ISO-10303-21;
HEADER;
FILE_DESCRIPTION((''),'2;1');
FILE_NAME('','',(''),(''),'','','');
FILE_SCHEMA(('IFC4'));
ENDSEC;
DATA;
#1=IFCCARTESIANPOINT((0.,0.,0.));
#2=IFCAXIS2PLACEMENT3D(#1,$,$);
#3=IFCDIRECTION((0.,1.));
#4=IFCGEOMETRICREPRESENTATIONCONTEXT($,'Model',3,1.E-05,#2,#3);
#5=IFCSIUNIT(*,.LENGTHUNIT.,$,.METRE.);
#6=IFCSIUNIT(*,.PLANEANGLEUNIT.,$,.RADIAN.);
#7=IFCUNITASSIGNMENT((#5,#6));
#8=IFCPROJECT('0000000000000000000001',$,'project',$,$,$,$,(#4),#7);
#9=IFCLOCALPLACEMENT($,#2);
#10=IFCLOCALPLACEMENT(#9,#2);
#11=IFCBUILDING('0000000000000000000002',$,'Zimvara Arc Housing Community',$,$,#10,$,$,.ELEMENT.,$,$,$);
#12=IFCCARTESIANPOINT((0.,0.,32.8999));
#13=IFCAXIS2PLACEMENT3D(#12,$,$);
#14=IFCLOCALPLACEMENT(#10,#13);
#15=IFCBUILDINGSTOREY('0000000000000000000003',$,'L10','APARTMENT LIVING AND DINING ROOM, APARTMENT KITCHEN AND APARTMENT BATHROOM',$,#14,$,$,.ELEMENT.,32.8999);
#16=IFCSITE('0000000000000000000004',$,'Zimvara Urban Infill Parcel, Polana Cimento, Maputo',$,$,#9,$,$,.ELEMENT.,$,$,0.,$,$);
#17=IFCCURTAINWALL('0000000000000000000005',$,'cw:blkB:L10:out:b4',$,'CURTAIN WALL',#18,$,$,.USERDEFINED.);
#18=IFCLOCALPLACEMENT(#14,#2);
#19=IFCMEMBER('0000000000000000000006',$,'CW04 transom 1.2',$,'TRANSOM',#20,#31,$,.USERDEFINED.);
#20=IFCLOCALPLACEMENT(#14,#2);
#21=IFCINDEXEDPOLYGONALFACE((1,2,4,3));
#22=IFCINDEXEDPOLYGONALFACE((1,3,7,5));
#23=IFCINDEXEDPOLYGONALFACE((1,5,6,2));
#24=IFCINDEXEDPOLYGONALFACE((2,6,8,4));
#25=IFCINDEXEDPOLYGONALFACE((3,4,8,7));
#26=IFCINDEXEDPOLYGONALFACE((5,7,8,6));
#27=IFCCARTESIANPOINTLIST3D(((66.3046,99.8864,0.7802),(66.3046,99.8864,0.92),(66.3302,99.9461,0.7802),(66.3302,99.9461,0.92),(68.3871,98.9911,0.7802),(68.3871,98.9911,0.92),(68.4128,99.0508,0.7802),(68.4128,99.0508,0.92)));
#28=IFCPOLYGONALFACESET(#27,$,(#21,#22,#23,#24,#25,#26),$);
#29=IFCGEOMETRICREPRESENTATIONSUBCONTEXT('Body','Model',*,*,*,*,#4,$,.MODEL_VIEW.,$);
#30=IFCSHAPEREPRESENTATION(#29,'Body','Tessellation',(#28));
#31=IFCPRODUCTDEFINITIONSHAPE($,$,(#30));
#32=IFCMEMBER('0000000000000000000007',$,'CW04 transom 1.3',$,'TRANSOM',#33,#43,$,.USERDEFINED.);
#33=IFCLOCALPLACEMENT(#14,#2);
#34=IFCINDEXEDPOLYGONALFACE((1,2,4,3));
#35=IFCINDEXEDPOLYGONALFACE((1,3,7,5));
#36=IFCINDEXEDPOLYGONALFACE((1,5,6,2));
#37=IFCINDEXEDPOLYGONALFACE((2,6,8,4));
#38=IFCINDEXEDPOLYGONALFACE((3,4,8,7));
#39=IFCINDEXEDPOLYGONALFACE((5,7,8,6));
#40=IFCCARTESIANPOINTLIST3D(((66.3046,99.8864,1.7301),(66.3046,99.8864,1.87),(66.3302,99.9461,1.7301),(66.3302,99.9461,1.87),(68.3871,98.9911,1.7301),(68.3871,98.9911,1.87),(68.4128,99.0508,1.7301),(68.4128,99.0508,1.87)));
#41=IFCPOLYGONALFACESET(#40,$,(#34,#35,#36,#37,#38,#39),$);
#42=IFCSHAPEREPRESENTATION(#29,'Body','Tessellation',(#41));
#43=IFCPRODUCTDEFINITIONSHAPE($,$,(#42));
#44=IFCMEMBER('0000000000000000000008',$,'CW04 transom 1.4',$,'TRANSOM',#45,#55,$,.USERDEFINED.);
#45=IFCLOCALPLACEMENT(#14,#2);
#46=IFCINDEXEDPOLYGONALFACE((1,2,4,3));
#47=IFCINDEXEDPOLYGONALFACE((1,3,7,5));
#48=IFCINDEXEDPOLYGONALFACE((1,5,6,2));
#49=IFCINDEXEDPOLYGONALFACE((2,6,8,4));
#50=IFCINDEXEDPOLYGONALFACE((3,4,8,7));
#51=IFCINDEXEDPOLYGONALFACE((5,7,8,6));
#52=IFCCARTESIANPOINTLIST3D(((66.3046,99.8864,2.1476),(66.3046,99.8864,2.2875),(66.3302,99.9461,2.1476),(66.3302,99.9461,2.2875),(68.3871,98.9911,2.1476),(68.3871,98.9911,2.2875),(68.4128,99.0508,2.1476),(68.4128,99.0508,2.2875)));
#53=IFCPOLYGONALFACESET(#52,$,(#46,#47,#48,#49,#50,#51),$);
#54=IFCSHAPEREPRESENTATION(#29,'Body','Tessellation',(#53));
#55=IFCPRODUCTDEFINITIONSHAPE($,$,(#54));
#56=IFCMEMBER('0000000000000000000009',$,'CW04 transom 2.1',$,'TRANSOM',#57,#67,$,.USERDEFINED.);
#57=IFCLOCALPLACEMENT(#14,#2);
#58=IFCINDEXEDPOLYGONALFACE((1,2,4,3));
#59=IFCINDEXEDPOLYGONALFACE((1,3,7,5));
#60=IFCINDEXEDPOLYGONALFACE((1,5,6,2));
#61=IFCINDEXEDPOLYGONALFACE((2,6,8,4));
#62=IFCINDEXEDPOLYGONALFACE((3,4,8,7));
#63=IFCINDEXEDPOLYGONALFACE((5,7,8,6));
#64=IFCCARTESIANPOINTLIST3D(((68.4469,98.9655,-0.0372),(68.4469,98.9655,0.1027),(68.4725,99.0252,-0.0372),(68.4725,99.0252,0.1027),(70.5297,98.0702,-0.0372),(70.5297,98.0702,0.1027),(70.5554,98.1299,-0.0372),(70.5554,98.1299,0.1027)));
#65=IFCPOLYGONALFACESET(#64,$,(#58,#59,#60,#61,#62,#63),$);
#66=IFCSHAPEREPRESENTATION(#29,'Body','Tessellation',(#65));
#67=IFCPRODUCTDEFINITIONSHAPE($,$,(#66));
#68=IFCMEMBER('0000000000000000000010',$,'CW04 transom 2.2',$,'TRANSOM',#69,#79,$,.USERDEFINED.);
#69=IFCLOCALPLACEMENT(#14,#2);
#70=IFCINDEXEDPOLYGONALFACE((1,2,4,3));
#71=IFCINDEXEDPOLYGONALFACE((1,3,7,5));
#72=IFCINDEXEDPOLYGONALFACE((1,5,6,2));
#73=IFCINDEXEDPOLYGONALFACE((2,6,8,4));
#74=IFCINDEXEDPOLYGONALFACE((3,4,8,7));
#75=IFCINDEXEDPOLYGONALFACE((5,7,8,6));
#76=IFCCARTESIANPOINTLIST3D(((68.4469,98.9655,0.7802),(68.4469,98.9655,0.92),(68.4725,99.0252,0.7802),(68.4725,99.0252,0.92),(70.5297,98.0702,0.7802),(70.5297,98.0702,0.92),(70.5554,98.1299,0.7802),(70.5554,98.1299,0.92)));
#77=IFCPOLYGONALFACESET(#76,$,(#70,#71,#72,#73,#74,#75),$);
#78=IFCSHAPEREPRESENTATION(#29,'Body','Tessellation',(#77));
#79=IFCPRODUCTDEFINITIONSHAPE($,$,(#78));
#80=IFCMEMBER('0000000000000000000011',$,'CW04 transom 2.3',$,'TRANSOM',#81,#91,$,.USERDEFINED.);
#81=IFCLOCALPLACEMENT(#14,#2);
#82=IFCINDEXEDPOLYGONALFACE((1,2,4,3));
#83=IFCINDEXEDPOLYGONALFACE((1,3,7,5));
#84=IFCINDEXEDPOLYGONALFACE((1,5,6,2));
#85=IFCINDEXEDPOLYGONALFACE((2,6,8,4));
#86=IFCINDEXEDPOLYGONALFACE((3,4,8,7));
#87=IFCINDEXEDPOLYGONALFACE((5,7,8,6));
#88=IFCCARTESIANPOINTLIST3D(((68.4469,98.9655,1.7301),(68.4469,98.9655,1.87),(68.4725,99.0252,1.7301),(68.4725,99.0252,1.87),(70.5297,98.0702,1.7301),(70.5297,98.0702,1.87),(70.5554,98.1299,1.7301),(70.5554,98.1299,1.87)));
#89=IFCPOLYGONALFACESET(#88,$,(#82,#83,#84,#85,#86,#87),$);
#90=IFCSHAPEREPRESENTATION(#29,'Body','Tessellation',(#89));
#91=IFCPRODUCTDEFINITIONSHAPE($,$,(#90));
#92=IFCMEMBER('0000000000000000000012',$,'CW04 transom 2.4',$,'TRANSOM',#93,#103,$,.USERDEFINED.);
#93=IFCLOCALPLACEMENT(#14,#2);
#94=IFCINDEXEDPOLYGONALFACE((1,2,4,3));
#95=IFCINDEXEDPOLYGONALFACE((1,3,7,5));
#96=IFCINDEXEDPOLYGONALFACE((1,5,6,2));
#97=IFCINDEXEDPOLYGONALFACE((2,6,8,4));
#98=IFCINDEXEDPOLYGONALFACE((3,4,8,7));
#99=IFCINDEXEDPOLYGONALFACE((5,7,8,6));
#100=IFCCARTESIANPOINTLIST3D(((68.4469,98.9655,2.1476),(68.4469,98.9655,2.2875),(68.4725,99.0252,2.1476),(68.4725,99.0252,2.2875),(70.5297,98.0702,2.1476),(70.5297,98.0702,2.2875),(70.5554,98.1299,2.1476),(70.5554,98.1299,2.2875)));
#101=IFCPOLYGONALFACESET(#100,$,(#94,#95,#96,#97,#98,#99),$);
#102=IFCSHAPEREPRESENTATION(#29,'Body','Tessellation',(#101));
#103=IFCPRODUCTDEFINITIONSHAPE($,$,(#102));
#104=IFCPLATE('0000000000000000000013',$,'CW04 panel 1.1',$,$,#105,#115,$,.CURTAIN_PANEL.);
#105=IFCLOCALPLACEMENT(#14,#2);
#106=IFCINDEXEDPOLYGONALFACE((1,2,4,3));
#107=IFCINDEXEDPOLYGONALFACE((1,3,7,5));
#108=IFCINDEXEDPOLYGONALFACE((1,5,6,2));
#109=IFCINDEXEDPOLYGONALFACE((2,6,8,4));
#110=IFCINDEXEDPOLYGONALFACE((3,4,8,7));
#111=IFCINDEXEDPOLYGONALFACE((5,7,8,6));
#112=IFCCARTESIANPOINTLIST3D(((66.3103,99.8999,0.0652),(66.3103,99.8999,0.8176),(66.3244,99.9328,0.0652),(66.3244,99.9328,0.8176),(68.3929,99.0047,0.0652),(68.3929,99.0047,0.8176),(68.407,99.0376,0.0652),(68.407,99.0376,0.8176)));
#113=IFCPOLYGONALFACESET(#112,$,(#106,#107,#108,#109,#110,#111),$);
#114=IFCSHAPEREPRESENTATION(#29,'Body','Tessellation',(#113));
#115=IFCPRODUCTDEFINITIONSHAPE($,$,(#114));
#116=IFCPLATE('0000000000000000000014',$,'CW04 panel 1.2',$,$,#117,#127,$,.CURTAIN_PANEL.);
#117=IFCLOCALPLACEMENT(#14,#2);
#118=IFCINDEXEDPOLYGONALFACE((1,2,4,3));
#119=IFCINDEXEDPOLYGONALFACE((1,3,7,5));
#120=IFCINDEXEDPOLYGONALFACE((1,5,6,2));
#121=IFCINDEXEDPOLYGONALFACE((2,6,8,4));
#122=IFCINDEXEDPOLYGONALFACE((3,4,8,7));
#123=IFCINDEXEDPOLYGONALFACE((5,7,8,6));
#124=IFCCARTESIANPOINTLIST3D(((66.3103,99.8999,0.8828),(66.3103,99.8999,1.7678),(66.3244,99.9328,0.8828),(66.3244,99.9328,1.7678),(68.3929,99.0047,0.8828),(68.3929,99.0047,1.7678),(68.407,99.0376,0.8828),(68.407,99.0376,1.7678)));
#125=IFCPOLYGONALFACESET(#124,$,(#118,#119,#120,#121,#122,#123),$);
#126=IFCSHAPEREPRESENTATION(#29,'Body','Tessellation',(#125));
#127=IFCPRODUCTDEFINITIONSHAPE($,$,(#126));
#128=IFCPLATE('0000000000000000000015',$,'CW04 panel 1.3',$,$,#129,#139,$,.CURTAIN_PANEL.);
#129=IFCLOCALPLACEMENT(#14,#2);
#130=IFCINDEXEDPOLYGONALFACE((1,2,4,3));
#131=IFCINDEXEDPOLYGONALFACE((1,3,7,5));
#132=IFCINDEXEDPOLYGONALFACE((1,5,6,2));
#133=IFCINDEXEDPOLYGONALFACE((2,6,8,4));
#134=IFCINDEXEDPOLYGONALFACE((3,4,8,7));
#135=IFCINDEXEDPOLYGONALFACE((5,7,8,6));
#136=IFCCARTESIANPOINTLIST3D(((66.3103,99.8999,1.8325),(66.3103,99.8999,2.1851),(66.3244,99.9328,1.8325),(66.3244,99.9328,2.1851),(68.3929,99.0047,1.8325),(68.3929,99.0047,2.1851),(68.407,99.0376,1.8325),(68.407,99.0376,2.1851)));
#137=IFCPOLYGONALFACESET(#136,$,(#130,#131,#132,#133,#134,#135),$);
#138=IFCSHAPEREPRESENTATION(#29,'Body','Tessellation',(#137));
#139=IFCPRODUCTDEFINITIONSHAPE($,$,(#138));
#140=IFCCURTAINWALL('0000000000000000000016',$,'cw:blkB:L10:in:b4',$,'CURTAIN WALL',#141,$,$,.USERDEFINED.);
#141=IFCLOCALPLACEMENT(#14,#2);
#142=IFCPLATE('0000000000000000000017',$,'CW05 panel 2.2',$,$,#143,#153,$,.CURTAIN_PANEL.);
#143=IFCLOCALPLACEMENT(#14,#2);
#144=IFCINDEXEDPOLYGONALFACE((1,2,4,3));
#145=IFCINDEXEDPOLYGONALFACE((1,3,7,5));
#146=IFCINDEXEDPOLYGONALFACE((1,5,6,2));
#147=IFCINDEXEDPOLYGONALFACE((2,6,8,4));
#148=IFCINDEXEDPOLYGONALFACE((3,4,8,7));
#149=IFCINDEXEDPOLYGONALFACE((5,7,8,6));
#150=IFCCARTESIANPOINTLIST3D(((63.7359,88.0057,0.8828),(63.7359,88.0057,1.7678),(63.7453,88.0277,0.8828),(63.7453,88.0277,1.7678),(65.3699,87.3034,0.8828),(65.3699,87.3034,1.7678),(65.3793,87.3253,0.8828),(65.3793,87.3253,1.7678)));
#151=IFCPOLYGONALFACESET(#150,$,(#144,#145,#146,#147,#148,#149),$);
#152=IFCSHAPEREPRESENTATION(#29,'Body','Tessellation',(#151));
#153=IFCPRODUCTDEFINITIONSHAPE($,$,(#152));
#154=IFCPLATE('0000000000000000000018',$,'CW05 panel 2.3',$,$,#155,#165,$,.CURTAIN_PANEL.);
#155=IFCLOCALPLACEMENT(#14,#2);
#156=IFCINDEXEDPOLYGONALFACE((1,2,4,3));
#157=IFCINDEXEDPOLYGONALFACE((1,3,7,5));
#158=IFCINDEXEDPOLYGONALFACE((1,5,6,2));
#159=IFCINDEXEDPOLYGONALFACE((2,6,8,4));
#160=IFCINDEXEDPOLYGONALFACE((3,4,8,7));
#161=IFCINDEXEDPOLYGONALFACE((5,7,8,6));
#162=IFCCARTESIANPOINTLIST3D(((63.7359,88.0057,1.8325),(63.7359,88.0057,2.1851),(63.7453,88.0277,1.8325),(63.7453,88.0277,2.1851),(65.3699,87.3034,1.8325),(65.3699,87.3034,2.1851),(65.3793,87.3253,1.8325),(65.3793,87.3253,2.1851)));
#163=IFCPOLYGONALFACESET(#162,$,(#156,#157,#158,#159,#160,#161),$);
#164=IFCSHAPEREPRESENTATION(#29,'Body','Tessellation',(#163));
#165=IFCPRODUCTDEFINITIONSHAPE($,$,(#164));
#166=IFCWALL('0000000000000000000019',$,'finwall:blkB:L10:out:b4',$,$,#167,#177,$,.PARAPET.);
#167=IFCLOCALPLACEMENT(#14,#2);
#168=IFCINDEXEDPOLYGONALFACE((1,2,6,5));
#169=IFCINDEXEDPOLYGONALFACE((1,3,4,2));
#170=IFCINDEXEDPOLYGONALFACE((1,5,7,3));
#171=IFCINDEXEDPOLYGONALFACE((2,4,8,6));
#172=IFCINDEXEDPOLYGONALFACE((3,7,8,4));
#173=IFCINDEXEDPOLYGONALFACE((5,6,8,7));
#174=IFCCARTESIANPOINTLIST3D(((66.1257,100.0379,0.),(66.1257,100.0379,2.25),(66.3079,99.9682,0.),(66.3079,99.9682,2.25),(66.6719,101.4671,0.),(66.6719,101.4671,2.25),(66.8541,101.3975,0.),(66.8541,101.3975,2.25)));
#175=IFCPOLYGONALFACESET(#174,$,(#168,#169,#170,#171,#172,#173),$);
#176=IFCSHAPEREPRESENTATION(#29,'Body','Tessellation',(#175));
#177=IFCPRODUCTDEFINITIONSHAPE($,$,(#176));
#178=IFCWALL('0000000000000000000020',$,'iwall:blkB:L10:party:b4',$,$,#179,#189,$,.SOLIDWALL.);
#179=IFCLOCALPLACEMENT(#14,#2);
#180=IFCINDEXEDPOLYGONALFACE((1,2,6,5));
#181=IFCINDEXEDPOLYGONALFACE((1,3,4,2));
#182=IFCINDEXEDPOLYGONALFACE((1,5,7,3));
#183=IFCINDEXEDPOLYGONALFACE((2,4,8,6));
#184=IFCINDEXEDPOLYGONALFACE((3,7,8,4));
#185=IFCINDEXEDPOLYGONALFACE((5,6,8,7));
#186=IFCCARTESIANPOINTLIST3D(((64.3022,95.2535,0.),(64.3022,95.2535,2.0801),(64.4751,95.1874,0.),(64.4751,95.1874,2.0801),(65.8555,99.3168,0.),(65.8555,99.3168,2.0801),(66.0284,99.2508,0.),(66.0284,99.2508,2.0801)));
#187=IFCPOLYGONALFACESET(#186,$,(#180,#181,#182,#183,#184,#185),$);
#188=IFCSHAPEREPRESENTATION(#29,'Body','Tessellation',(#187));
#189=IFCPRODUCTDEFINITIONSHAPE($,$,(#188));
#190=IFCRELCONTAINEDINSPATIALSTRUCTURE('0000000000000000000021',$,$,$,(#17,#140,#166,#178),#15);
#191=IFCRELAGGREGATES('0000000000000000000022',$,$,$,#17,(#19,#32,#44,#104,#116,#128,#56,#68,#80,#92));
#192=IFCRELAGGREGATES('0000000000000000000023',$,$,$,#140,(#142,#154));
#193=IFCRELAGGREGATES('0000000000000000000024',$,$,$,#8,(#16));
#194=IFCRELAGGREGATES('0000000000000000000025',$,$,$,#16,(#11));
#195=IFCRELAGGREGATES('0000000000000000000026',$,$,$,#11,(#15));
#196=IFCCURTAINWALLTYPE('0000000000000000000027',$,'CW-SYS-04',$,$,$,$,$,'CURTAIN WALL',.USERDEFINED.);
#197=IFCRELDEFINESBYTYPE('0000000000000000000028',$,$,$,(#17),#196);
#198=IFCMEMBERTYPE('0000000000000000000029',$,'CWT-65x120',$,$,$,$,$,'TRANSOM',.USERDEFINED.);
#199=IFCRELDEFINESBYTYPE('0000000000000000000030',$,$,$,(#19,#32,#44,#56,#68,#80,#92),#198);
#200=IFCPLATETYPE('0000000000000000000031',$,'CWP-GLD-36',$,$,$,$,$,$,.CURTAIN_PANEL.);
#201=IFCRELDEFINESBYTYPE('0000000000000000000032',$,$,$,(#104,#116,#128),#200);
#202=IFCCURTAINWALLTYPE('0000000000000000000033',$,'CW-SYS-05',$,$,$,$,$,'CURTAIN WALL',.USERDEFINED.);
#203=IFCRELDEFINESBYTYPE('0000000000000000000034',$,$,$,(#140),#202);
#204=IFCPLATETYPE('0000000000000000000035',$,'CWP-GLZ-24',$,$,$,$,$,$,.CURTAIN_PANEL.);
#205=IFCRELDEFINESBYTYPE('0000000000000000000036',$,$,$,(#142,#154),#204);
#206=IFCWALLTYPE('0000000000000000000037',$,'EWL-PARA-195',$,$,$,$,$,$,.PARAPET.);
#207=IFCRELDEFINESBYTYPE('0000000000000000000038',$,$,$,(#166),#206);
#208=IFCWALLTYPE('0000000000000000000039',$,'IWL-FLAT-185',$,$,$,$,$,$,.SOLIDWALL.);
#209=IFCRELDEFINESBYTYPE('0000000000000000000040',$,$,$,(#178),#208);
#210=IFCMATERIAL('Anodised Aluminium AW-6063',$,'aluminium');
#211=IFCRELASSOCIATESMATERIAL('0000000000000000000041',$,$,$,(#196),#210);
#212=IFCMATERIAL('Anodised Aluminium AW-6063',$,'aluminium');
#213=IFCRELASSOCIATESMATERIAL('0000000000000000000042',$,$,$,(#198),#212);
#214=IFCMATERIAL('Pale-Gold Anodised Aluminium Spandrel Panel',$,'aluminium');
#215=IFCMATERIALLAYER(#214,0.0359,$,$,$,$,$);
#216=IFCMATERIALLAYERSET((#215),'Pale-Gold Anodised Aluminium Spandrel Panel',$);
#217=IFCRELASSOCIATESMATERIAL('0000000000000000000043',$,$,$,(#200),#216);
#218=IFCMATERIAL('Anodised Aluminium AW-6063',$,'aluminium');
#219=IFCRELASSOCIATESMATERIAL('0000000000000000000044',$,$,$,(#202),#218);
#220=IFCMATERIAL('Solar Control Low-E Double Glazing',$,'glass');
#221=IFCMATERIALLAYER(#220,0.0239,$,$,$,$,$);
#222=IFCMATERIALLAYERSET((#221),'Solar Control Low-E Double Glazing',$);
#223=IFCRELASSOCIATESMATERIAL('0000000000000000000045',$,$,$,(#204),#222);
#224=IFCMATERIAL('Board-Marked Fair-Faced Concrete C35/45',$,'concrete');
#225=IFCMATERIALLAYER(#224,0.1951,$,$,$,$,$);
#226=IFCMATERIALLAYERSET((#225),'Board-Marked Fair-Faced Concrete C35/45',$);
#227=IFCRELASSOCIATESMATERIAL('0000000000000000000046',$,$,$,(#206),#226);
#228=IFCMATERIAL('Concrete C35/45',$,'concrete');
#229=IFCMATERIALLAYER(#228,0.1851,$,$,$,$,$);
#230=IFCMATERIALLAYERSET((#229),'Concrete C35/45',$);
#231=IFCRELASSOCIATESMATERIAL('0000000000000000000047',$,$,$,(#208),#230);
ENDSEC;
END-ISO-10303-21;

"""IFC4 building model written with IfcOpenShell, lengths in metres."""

from ifc_helpers import new_model, si_unit, direction, frame, frame_2d, origin, origin_2d, place, context, subcontext, project, spatial, rectangle, extrude, material, layer, layer_set, material_profile, profile_set, type_object, element, aggregate, save


model = new_model("IFC4")

# Units and contexts
model_context = context("Model", 3, precision=1e-05, world=origin(), true_north=direction((0.0, 1.0)))
body_context = subcontext(model_context, "Body", "Model", "MODEL_VIEW")
ifc_project = project(units=[si_unit("LENGTHUNIT", "METRE"), si_unit("PLANEANGLEUNIT", "RADIAN")], contexts=[model_context])

# Site, building, storey
site_placement = place(None, origin())
site = spatial("IfcSite", under=ifc_project, at=site_placement, Name="Zimvara Urban Infill Parcel, Polana Cimento, Maputo", CompositionType="ELEMENT", RefElevation=0.0)
building_placement = place(site_placement, origin())
building = spatial("IfcBuilding", under=site, at=building_placement, Name="Zimvara Arc Housing Community", CompositionType="ELEMENT")
storey_placement = place(building_placement, frame((0.0, 0.0, 32.8999)))
storey = spatial("IfcBuildingStorey", under=building, at=storey_placement, Name="L10", Description="APARTMENT LIVING AND DINING ROOM, APARTMENT KITCHEN AND APARTMENT BATHROOM", CompositionType="ELEMENT", Elevation=32.8999)

# Curtain wall, members, plates
ifc_material_1 = material(Name="Anodised Aluminium AW-6063", Category="aluminium")
curtain_wall_type_1 = type_object("IfcCurtainWallType", Name="CW-SYS-04", ElementType="CURTAIN WALL", PredefinedType="USERDEFINED", material=ifc_material_1)
curtain_wall_1_placement = place(storey_placement, origin())
curtain_wall_1 = element("IfcCurtainWall", 1, at=curtain_wall_1_placement, inside=storey, type_object=curtain_wall_type_1, Name="cw:blkB:L10:out:b4", ObjectType="CURTAIN WALL", PredefinedType="USERDEFINED")
ifc_material_2 = material(Name="Anodised Aluminium AW-6063", Category="aluminium")
ifc_material_profile_1 = material_profile(ifc_material_2, rectangle(XDim=0.0649, YDim=0.1399, at=origin_2d()), Name="ALU 65x140")
ifc_profile_set_1 = profile_set([ifc_material_profile_1], Name="Anodised Aluminium AW-6063")
member_type_1 = type_object("IfcMemberType", Name="CWT-65x120", ElementType="TRANSOM", PredefinedType="USERDEFINED", material=ifc_profile_set_1)
member_1_placement = place(storey_placement, frame((66.3174, 99.9163, 0.8501), z_axis=(0.918704, -0.394946, 0.0), x_axis=(0.394946, 0.918704, 0.0)))
member_1 = element("IfcMember", 2, at=member_1_placement, type_object=member_type_1, Name="CW04 transom 1.2", ObjectType="TRANSOM", PredefinedType="USERDEFINED", context=body_context, shape_type="SweptSolid", body=[
    extrude(rectangle(XDim=0.0649, YDim=0.1399, at=origin_2d()), origin(), (0.0, 0.0, 1.0), 2.2668),
])
member_2_placement = place(storey_placement, frame((66.3174, 99.9163, 1.8), z_axis=(0.918704, -0.394946, 0.0), x_axis=(0.394946, 0.918704, 0.0)))
member_2 = element("IfcMember", 3, at=member_2_placement, type_object=member_type_1, Name="CW04 transom 1.3", ObjectType="TRANSOM", PredefinedType="USERDEFINED", context=body_context, shape_type="SweptSolid", body=[
    extrude(rectangle(XDim=0.0649, YDim=0.1399, at=origin_2d()), origin(), (0.0, 0.0, 1.0), 2.2668),
])
member_3_placement = place(storey_placement, frame((66.3174, 99.9163, 2.2175), z_axis=(0.918704, -0.394946, 0.0), x_axis=(0.394946, 0.918704, 0.0)))
member_3 = element("IfcMember", 4, at=member_3_placement, type_object=member_type_1, Name="CW04 transom 1.4", ObjectType="TRANSOM", PredefinedType="USERDEFINED", context=body_context, shape_type="SweptSolid", body=[
    extrude(rectangle(XDim=0.0649, YDim=0.1399, at=origin_2d()), origin(), (0.0, 0.0, 1.0), 2.2668),
])
member_4_placement = place(storey_placement, frame((68.4597, 98.9954, 0.0327), z_axis=(0.918721, -0.394907, 0.0), x_axis=(0.394907, 0.918721, 0.0)))
member_4 = element("IfcMember", 5, at=member_4_placement, type_object=member_type_1, Name="CW04 transom 2.1", ObjectType="TRANSOM", PredefinedType="USERDEFINED", context=body_context, shape_type="SweptSolid", body=[
    extrude(rectangle(XDim=0.0649, YDim=0.1399, at=origin_2d()), origin(), (0.0, 0.0, 1.0), 2.2671),
])
member_5_placement = place(storey_placement, frame((68.4597, 98.9954, 0.8501), z_axis=(0.918721, -0.394907, 0.0), x_axis=(0.394907, 0.918721, 0.0)))
member_5 = element("IfcMember", 6, at=member_5_placement, type_object=member_type_1, Name="CW04 transom 2.2", ObjectType="TRANSOM", PredefinedType="USERDEFINED", context=body_context, shape_type="SweptSolid", body=[
    extrude(rectangle(XDim=0.0649, YDim=0.1399, at=origin_2d()), origin(), (0.0, 0.0, 1.0), 2.2671),
])
member_6_placement = place(storey_placement, frame((68.4597, 98.9954, 1.8), z_axis=(0.918721, -0.394907, 0.0), x_axis=(0.394907, 0.918721, 0.0)))
member_6 = element("IfcMember", 7, at=member_6_placement, type_object=member_type_1, Name="CW04 transom 2.3", ObjectType="TRANSOM", PredefinedType="USERDEFINED", context=body_context, shape_type="SweptSolid", body=[
    extrude(rectangle(XDim=0.0649, YDim=0.1399, at=origin_2d()), origin(), (0.0, 0.0, 1.0), 2.2671),
])
member_7_placement = place(storey_placement, frame((68.4597, 98.9954, 2.2175), z_axis=(0.918721, -0.394907, 0.0), x_axis=(0.394907, 0.918721, 0.0)))
member_7 = element("IfcMember", 8, at=member_7_placement, type_object=member_type_1, Name="CW04 transom 2.4", ObjectType="TRANSOM", PredefinedType="USERDEFINED", context=body_context, shape_type="SweptSolid", body=[
    extrude(rectangle(XDim=0.0649, YDim=0.1399, at=origin_2d()), origin(), (0.0, 0.0, 1.0), 2.2671),
])
ifc_material_3 = material(Name="Pale-Gold Anodised Aluminium Spandrel Panel", Category="aluminium")
ifc_layer_1 = layer(ifc_material_3, 0.0359)
ifc_layer_set_1 = layer_set([ifc_layer_1], Name="Pale-Gold Anodised Aluminium Spandrel Panel")
plate_type_1 = type_object("IfcPlateType", Name="CWP-GLD-36", PredefinedType="CURTAIN_PANEL", material=ifc_layer_set_1)
plate_1_placement = place(storey_placement, frame((67.3586, 99.4688, 0.0652), z_axis=(0.0, 0.0, 1.0), x_axis=(0.918722, -0.394904, 0.0)))
plate_1 = element("IfcPlate", 9, at=plate_1_placement, type_object=plate_type_1, Name="CW04 panel 1.1", PredefinedType="CURTAIN_PANEL", context=body_context, shape_type="SweptSolid", body=[
    extrude(rectangle(XDim=2.2668, YDim=0.0359, at=origin_2d()), origin(), (0.0, 0.0, 1.0), 0.7524),
])
plate_2_placement = place(storey_placement, frame((67.3586, 99.4688, 0.8828), z_axis=(0.0, 0.0, 1.0), x_axis=(0.918722, -0.394904, 0.0)))
plate_2 = element("IfcPlate", 10, at=plate_2_placement, type_object=plate_type_1, Name="CW04 panel 1.2", PredefinedType="CURTAIN_PANEL", context=body_context, shape_type="SweptSolid", body=[
    extrude(rectangle(XDim=2.2668, YDim=0.0359, at=origin_2d()), origin(), (0.0, 0.0, 1.0), 0.885),
])
plate_3_placement = place(storey_placement, frame((67.3586, 99.4688, 1.8325), z_axis=(0.0, 0.0, 1.0), x_axis=(0.918722, -0.394904, 0.0)))
plate_3 = element("IfcPlate", 11, at=plate_3_placement, type_object=plate_type_1, Name="CW04 panel 1.3", PredefinedType="CURTAIN_PANEL", context=body_context, shape_type="SweptSolid", body=[
    extrude(rectangle(XDim=2.2668, YDim=0.0359, at=origin_2d()), origin(), (0.0, 0.0, 1.0), 0.3525),
])
aggregate(curtain_wall_1, [member_1, member_2, member_3, plate_1, plate_2, plate_3, member_4, member_5, member_6, member_7])

# Curtain wall, plates
ifc_material_4 = material(Name="Anodised Aluminium AW-6063", Category="aluminium")
curtain_wall_type_2 = type_object("IfcCurtainWallType", Name="CW-SYS-05", ElementType="CURTAIN WALL", PredefinedType="USERDEFINED", material=ifc_material_4)
curtain_wall_2_placement = place(storey_placement, origin())
curtain_wall_2 = element("IfcCurtainWall", 12, at=curtain_wall_2_placement, inside=storey, type_object=curtain_wall_type_2, Name="cw:blkB:L10:in:b4", ObjectType="CURTAIN WALL", PredefinedType="USERDEFINED")
ifc_material_5 = material(Name="Solar Control Low-E Double Glazing", Category="glass")
ifc_layer_2 = layer(ifc_material_5, 0.0239)
ifc_layer_set_2 = layer_set([ifc_layer_2], Name="Solar Control Low-E Double Glazing")
plate_type_2 = type_object("IfcPlateType", Name="CWP-GLZ-24", PredefinedType="CURTAIN_PANEL", material=ifc_layer_set_2)
plate_4_placement = place(storey_placement, frame((64.5576, 87.6655, 0.8828), z_axis=(0.0, 0.0, 1.0), x_axis=(0.918722, -0.394904, 0.0)))
plate_4 = element("IfcPlate", 13, at=plate_4_placement, type_object=plate_type_2, Name="CW05 panel 2.2", PredefinedType="CURTAIN_PANEL", context=body_context, shape_type="SweptSolid", body=[
    extrude(rectangle(XDim=1.7786, YDim=0.0239, at=origin_2d()), origin(), (0.0, 0.0, 1.0), 0.885),
])
plate_5_placement = place(storey_placement, frame((64.5576, 87.6655, 1.8325), z_axis=(0.0, 0.0, 1.0), x_axis=(0.918722, -0.394904, 0.0)))
plate_5 = element("IfcPlate", 14, at=plate_5_placement, type_object=plate_type_2, Name="CW05 panel 2.3", PredefinedType="CURTAIN_PANEL", context=body_context, shape_type="SweptSolid", body=[
    extrude(rectangle(XDim=1.7786, YDim=0.0239, at=origin_2d()), origin(), (0.0, 0.0, 1.0), 0.3525),
])
aggregate(curtain_wall_2, [plate_4, plate_5])

# Wall
ifc_material_6 = material(Name="Board-Marked Fair-Faced Concrete C35/45", Category="concrete")
ifc_layer_3 = layer(ifc_material_6, 0.1951)
ifc_layer_set_3 = layer_set([ifc_layer_3], Name="Board-Marked Fair-Faced Concrete C35/45")
wall_type_1 = type_object("IfcWallType", Name="EWL-PARA-195", PredefinedType="PARAPET", material=ifc_layer_set_3)
wall_1_placement = place(storey_placement, frame((66.2168, 100.0029, 0.0), z_axis=(0.0, 0.0, 1.0), x_axis=(0.356957, 0.934121, 0.0)))
element("IfcWall", 15, at=wall_1_placement, inside=storey, type_object=wall_type_1, Name="finwall:blkB:L10:out:b4", PredefinedType="PARAPET", context=body_context, shape_type="SweptSolid", body=[
    extrude(rectangle(XDim=1.53, YDim=0.1951, at=frame_2d((0.7651, 0.0))), origin(), (0.0, 0.0, 1.0), 2.25),
])

# Wall
ifc_material_7 = material(Name="Concrete C35/45", Category="concrete")
ifc_layer_4 = layer(ifc_material_7, 0.1851)
ifc_layer_set_4 = layer_set([ifc_layer_4], Name="Concrete C35/45")
wall_type_2 = type_object("IfcWallType", Name="IWL-FLAT-185", PredefinedType="SOLIDWALL", material=ifc_layer_set_4)
for number, where, z_axis, x_axis, name in (
    (16, (64.3887, 95.2205, 0.0), (0.0, 0.0, 1.0), (0.357064, 0.93408, 0.0), "iwall:blkB:L10:party:b4"),
):
    element("IfcWall", number, at=place(storey_placement, frame(where, z_axis=z_axis, x_axis=x_axis)), inside=storey, type_object=wall_type_2, Name=name, PredefinedType="SOLIDWALL", context=body_context, shape_type="SweptSolid", body=[
        extrude(rectangle(XDim=4.3501, YDim=0.1851, at=frame_2d((2.175, 0.0))), origin(), (0.0, 0.0, 1.0), 2.0801),
    ])

save(model, "model.ifc")
